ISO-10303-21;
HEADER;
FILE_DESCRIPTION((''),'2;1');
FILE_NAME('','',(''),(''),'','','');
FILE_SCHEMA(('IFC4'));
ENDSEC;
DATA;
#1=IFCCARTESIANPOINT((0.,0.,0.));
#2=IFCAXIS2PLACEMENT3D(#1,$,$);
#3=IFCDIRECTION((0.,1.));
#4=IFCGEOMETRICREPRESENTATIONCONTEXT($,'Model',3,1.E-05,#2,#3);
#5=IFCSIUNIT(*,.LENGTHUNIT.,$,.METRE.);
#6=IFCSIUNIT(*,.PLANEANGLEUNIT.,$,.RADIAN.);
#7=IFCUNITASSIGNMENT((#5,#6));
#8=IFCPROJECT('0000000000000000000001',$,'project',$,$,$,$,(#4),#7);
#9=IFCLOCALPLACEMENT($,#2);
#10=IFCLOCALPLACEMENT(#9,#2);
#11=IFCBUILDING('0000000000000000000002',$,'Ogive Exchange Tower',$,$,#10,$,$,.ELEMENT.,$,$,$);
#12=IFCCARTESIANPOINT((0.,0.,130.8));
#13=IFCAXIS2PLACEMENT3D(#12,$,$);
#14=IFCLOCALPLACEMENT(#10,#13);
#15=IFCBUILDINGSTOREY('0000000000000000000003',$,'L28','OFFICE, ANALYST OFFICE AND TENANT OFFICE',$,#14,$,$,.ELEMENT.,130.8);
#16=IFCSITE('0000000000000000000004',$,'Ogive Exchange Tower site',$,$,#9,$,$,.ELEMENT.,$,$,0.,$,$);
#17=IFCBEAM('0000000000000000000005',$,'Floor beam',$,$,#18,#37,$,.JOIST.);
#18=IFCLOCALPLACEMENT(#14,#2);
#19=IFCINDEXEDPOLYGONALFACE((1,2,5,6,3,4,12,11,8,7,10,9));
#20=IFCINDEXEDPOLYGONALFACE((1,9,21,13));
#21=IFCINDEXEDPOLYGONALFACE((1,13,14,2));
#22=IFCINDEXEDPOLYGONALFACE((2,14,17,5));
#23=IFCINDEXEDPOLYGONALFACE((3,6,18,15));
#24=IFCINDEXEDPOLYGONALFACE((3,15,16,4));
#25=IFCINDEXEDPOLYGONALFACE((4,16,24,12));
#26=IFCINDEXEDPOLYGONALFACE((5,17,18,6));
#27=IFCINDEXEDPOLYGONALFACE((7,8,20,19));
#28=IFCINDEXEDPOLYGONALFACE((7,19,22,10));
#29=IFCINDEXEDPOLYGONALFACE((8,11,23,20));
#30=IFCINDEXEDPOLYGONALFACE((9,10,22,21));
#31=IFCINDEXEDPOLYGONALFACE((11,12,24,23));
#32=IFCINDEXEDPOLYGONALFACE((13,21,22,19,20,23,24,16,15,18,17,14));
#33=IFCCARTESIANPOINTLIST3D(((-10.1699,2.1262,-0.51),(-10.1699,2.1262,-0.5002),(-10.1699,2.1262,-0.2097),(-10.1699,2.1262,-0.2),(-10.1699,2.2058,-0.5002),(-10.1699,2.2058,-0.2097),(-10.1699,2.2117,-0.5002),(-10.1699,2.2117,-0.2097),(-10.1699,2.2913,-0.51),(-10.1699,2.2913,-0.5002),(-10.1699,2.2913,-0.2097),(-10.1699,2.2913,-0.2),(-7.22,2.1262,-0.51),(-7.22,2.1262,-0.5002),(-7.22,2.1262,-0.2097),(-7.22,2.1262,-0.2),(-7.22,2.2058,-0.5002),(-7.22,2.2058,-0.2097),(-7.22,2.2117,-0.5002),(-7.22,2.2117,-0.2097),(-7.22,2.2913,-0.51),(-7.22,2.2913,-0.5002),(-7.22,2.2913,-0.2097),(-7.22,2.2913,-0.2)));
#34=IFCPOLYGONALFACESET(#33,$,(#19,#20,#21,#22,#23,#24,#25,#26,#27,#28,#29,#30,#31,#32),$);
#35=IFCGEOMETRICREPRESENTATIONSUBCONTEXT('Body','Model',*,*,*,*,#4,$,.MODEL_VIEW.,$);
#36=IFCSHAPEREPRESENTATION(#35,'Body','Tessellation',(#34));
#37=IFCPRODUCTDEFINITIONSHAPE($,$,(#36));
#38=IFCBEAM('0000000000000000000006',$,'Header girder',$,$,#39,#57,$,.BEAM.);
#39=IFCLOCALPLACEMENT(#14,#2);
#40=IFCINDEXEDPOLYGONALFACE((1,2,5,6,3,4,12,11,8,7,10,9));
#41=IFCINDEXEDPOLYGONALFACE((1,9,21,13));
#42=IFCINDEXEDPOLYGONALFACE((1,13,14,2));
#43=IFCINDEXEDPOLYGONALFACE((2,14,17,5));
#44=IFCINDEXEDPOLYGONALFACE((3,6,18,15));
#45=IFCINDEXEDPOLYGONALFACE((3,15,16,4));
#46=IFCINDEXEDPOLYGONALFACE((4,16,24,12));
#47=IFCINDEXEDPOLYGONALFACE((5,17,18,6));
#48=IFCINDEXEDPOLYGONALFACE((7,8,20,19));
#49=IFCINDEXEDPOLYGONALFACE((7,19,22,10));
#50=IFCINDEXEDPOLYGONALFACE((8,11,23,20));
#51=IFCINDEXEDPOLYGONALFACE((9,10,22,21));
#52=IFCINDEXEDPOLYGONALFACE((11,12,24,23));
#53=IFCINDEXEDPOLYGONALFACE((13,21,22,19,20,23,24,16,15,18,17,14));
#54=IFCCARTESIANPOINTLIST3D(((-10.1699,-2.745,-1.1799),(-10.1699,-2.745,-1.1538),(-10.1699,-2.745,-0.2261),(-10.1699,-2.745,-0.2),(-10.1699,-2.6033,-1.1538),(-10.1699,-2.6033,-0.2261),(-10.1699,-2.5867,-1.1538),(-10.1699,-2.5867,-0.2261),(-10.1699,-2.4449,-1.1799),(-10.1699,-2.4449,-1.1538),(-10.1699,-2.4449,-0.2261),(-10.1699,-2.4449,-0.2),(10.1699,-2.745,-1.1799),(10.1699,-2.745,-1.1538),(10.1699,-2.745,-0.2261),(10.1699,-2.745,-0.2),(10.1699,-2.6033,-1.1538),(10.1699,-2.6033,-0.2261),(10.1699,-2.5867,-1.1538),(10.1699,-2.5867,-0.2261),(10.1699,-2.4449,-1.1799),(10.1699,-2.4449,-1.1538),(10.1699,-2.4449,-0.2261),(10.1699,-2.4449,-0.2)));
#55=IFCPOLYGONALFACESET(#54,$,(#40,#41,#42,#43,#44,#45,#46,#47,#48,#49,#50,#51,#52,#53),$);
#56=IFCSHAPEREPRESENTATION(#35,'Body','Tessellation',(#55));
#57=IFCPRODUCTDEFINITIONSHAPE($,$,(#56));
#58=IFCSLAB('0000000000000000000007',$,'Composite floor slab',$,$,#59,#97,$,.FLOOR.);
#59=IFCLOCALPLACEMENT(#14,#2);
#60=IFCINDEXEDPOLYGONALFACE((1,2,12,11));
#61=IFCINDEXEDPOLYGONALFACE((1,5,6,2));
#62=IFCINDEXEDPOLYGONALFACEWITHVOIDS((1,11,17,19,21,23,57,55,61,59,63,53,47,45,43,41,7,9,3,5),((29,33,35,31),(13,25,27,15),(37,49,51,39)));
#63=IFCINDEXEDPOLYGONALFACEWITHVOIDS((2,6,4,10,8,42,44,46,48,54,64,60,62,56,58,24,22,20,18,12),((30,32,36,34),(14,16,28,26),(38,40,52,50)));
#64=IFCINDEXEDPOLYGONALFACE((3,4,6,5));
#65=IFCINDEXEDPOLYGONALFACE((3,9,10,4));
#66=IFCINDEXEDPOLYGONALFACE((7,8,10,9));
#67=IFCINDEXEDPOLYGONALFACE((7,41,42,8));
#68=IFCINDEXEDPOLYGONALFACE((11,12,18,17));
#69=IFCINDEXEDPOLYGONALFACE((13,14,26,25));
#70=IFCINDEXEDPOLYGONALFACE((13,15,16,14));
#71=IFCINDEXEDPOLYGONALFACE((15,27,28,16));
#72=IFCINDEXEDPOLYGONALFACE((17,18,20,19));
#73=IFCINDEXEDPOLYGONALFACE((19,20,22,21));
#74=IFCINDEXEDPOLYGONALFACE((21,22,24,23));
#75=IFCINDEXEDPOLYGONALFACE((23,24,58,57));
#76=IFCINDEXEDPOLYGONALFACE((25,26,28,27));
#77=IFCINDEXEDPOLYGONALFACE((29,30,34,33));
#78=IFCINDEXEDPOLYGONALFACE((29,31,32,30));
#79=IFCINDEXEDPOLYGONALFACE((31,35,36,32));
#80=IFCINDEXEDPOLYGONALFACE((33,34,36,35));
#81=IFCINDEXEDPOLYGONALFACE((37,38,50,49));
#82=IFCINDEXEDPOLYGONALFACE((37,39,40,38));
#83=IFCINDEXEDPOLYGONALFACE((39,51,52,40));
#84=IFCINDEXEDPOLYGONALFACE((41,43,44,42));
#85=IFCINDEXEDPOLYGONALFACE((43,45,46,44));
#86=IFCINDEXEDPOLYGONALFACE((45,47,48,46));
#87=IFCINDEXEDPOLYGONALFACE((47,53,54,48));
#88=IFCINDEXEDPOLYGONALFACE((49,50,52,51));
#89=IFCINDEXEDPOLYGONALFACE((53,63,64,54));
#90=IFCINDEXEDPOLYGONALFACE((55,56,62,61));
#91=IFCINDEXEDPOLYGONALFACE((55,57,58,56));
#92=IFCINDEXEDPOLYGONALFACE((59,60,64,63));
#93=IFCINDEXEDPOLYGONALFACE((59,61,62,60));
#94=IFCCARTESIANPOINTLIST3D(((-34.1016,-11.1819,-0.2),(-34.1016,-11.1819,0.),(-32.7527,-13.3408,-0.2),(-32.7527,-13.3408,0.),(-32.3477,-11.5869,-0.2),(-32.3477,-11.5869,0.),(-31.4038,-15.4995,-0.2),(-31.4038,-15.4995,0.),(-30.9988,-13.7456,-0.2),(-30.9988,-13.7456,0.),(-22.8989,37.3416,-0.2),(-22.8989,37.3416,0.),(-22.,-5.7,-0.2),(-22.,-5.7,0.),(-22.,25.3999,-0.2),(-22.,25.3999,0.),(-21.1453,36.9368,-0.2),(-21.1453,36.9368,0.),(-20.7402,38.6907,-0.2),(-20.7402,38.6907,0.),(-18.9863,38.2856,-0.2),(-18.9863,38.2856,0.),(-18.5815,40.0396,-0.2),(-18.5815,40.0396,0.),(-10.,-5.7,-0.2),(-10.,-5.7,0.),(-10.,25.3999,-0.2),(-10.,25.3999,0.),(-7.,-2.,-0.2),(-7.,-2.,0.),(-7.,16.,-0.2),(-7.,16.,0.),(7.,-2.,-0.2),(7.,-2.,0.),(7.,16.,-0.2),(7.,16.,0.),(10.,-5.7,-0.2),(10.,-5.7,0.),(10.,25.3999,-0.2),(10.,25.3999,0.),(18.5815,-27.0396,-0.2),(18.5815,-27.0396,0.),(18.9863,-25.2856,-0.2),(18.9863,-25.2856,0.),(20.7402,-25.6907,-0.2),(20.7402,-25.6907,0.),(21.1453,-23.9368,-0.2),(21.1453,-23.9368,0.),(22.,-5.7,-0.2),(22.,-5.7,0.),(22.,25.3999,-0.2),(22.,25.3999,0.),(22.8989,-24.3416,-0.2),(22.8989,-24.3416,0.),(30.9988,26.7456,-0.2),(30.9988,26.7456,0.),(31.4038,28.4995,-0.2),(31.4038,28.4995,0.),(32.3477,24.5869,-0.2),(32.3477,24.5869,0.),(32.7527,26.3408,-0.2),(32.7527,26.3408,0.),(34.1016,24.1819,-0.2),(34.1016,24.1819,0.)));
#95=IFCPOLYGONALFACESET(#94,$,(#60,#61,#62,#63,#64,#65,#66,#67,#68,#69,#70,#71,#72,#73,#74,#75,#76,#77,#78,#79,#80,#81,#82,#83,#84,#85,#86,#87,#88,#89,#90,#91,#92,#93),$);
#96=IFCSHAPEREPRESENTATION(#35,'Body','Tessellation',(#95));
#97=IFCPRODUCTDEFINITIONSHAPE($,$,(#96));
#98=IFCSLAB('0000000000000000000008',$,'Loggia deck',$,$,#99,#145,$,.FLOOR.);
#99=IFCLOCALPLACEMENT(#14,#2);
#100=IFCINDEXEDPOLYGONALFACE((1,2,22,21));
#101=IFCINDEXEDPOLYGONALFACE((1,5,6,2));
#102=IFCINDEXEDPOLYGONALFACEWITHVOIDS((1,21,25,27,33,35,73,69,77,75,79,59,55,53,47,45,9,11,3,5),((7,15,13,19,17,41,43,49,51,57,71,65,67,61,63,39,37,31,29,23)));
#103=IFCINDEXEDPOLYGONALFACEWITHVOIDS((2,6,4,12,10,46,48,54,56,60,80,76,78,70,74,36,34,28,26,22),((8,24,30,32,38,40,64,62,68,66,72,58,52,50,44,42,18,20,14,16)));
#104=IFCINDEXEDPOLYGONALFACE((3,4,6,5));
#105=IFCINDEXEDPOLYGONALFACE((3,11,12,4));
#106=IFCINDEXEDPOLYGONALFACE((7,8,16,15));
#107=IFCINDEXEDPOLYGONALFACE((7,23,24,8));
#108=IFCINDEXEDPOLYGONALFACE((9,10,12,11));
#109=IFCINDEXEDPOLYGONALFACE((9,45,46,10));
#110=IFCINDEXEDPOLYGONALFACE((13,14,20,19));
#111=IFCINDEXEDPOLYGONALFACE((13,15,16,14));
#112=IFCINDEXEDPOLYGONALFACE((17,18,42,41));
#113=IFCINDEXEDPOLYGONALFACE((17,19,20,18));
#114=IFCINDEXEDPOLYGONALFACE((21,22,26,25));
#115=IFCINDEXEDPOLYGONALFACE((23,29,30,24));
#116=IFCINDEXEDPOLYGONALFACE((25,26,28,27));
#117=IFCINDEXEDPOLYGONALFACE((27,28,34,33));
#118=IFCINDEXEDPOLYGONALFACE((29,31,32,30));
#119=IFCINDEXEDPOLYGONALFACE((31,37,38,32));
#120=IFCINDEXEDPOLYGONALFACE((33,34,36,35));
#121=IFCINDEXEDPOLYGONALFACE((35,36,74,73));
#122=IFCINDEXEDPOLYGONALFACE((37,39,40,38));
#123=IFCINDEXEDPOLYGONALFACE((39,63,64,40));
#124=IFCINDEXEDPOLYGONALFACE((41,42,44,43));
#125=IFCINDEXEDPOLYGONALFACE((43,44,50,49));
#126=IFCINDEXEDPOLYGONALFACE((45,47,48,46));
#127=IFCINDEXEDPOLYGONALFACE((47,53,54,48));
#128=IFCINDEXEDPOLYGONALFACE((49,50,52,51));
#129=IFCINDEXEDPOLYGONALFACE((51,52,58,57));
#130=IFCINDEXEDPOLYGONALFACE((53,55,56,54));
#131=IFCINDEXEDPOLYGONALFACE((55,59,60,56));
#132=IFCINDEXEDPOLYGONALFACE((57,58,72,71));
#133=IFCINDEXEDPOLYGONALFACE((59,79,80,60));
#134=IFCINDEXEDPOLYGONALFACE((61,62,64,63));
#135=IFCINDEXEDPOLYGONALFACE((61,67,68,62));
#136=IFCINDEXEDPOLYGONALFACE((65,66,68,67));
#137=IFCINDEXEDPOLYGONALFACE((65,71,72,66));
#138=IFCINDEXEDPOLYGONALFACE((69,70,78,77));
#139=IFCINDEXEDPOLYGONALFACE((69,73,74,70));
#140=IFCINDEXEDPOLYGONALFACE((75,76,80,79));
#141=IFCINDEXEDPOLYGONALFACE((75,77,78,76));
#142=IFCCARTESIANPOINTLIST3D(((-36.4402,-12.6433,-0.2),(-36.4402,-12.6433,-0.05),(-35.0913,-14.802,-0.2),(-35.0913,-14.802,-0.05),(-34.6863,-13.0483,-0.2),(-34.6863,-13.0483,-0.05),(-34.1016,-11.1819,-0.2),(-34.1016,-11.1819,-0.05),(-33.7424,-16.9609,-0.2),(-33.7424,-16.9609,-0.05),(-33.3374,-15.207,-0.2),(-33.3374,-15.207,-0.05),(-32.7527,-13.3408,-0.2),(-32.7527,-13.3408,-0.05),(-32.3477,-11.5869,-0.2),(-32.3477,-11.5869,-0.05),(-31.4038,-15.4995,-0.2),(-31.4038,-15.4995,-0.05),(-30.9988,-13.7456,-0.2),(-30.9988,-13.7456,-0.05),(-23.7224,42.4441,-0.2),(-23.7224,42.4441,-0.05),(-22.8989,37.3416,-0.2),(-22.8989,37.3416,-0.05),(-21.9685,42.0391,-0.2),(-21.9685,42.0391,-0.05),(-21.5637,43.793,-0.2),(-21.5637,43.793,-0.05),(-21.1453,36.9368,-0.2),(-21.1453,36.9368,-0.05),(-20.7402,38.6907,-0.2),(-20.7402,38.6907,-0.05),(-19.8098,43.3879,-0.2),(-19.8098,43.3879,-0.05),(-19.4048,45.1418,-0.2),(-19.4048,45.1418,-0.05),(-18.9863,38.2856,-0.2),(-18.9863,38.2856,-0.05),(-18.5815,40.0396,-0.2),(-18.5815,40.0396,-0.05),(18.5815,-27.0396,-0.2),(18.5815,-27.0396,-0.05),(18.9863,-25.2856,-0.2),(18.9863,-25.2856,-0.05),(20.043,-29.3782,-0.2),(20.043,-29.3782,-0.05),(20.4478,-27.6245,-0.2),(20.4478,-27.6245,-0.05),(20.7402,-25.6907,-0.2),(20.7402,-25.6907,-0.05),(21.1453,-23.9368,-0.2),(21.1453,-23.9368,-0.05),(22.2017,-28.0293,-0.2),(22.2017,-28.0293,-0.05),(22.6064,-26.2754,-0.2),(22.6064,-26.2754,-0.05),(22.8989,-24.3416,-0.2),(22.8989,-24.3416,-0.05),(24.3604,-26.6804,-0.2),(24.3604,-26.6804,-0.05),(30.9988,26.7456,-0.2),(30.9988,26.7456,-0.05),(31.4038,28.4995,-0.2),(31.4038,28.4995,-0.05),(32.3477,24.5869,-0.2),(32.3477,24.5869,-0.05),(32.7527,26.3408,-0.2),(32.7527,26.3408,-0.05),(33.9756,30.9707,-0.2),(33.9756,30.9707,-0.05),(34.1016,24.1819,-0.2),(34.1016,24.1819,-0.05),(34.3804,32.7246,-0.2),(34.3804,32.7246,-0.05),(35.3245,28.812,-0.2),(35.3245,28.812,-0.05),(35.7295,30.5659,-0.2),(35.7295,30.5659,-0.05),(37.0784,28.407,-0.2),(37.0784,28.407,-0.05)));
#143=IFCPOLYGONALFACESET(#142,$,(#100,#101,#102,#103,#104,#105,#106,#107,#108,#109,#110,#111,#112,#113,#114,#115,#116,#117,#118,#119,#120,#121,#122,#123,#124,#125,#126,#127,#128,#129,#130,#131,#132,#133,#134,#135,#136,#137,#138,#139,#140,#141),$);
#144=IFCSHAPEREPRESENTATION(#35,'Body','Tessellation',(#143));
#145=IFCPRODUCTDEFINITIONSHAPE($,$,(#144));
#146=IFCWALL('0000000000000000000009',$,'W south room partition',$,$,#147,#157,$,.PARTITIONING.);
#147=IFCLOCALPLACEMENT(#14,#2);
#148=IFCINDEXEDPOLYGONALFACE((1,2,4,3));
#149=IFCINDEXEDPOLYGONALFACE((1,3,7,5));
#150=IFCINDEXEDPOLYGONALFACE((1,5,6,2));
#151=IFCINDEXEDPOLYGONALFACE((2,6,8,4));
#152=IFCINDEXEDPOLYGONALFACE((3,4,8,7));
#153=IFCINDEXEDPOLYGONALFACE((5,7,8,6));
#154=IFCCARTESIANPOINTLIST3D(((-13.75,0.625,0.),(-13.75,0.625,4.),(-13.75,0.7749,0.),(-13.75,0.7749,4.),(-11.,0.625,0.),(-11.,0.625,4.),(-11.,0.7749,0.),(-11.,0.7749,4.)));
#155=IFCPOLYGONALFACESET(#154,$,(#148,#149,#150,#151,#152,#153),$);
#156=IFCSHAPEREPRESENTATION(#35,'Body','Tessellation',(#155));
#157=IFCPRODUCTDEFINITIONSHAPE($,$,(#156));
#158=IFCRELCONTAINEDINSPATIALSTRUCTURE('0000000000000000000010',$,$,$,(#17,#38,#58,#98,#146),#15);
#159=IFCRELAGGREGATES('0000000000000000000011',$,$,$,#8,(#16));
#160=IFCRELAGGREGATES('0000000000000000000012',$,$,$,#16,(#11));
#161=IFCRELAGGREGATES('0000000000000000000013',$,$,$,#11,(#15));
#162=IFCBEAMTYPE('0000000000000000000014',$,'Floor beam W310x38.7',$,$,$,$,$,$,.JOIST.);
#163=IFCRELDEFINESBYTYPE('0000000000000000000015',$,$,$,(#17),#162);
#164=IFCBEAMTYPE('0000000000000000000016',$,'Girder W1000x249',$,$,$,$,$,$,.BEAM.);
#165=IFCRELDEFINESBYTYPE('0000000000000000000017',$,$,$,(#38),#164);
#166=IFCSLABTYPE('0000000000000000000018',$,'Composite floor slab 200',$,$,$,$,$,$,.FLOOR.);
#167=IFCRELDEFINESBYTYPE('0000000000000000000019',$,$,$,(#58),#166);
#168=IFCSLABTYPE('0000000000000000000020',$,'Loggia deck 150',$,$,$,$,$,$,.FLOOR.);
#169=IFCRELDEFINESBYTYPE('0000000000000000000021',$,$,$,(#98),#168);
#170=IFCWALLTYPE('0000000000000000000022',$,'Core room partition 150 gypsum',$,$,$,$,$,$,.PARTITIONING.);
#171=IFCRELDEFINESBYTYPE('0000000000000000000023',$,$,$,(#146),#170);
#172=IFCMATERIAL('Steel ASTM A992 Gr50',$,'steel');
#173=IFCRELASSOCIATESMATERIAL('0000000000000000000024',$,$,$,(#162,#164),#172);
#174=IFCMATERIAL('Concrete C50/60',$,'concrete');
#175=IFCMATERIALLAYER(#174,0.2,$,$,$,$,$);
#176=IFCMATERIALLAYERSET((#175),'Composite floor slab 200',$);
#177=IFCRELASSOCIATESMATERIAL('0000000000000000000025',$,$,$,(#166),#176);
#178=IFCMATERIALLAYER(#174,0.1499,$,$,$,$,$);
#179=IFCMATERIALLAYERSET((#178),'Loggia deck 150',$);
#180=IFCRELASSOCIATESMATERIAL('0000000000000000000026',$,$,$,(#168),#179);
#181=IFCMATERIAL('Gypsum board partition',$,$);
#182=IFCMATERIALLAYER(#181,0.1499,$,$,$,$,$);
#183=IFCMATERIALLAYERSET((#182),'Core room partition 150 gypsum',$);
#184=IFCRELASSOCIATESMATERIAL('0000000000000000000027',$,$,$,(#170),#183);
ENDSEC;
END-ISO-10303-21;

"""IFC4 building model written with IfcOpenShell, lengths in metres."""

from ifc_helpers import new_model, si_unit, direction, frame, frame_2d, origin, origin_2d, place, context, subcontext, project, spatial, polyline, rectangle, i_section, outline, extrude, material, layer, layer_set, material_profile, profile_set, type_object, element, save


model = new_model("IFC4")

# Units and contexts
model_context = context("Model", 3, precision=1e-05, world=origin(), true_north=direction((0.0, 1.0)))
body_context = subcontext(model_context, "Body", "Model", "MODEL_VIEW")
ifc_project = project(units=[si_unit("LENGTHUNIT", "METRE"), si_unit("PLANEANGLEUNIT", "RADIAN")], contexts=[model_context])

# Site, building, storey
site_placement = place(None, origin())
site = spatial("IfcSite", under=ifc_project, at=site_placement, Name="Ogive Exchange Tower site", CompositionType="ELEMENT", RefElevation=0.0)
building_placement = place(site_placement, origin())
building = spatial("IfcBuilding", under=site, at=building_placement, Name="Ogive Exchange Tower", CompositionType="ELEMENT")
storey_placement = place(building_placement, frame((0.0, 0.0, 130.8)))
storey = spatial("IfcBuildingStorey", under=building, at=storey_placement, Name="L28", Description="OFFICE, ANALYST OFFICE AND TENANT OFFICE", CompositionType="ELEMENT", Elevation=130.8)

# Beams
ifc_material_1 = material(Name="Steel ASTM A992 Gr50", Category="steel")
ifc_material_profile_1 = material_profile(ifc_material_1, i_section(OverallWidth=0.165, OverallDepth=0.3101, WebThickness=0.0059, FlangeThickness=0.0098, at=origin_2d()), Name="W310x38.7")
ifc_profile_set_1 = profile_set([ifc_material_profile_1], Name="Steel ASTM A992 Gr50")
beam_type_1 = type_object("IfcBeamType", Name="Floor beam W310x38.7", PredefinedType="JOIST", material=ifc_profile_set_1)
beam_1_placement = place(storey_placement, frame((-10.1699, 2.2087, -0.355), z_axis=(1.0, 0.0, 0.0), x_axis=(0.0, 1.0, 0.0)))
element("IfcBeam", 1, at=beam_1_placement, inside=storey, type_object=beam_type_1, Name="Floor beam", PredefinedType="JOIST", context=body_context, shape_type="SweptSolid", body=[
    extrude(i_section(OverallWidth=0.165, OverallDepth=0.3101, WebThickness=0.0059, FlangeThickness=0.0098, at=origin_2d()), origin(), (0.0, 0.0, 1.0), 2.95),
])
ifc_material_profile_2 = material_profile(ifc_material_1, i_section(OverallWidth=0.3, OverallDepth=0.98, WebThickness=0.0166, FlangeThickness=0.0261, at=origin_2d()), Name="W1000x249")
ifc_profile_set_2 = profile_set([ifc_material_profile_2], Name="Steel ASTM A992 Gr50")
beam_type_2 = type_object("IfcBeamType", Name="Girder W1000x249", PredefinedType="BEAM", material=ifc_profile_set_2)
beam_2_placement = place(storey_placement, frame((-10.1699, -2.595, -0.6899), z_axis=(1.0, 0.0, 0.0), x_axis=(0.0, 1.0, 0.0)))
element("IfcBeam", 2, at=beam_2_placement, inside=storey, type_object=beam_type_2, Name="Header girder", PredefinedType="BEAM", context=body_context, shape_type="SweptSolid", body=[
    extrude(i_section(OverallWidth=0.3, OverallDepth=0.98, WebThickness=0.0166, FlangeThickness=0.0261, at=origin_2d()), origin(), (0.0, 0.0, 1.0), 20.3398),
])

# Slabs
ifc_material_2 = material(Name="Concrete C50/60", Category="concrete")
ifc_layer_1 = layer(ifc_material_2, 0.2)
ifc_layer_set_1 = layer_set([ifc_layer_1], Name="Composite floor slab 200")
slab_type_1 = type_object("IfcSlabType", Name="Composite floor slab 200", PredefinedType="FLOOR", material=ifc_layer_set_1)
slab_1_placement = place(storey_placement, frame((0.0, 0.0, -0.2)))
element("IfcSlab", 3, at=slab_1_placement, inside=storey, type_object=slab_type_1, Name="Composite floor slab", PredefinedType="FLOOR", context=body_context, shape_type="SweptSolid", body=[
    extrude(outline(polyline([(-30.9988, -13.7456), (-32.7527, -13.3408), (-32.3477, -11.5869), (-34.1016, -11.1819), (-22.8989, 37.3416), (-21.1453, 36.9368), (-20.7402, 38.6907), (-18.9863, 38.2856), (-18.5815, 40.0396), (31.4038, 28.4995), (30.9988, 26.7456), (32.7527, 26.3408), (32.3477, 24.5869), (34.1016, 24.1819), (22.8989, -24.3416), (21.1453, -23.9368), (20.7402, -25.6907), (18.9863, -25.2856), (18.5815, -27.0396), (-31.4038, -15.4995), (-30.9988, -13.7456)]), holes=[polyline([(7.0, -2.0), (7.0, 16.0), (-7.0, 16.0), (-7.0, -2.0), (7.0, -2.0)]), polyline([(-22.0, -5.7), (-10.0, -5.7), (-10.0, 25.3999), (-22.0, 25.3999), (-22.0, -5.7)]), polyline([(10.0, -5.7), (22.0, -5.7), (22.0, 25.3999), (10.0, 25.3999), (10.0, -5.7)])]), origin(), (0.0, 0.0, 1.0), 0.2),
])
ifc_layer_2 = layer(ifc_material_2, 0.1499)
ifc_layer_set_2 = layer_set([ifc_layer_2], Name="Loggia deck 150")
slab_type_2 = type_object("IfcSlabType", Name="Loggia deck 150", PredefinedType="FLOOR", material=ifc_layer_set_2)
slab_2_placement = place(storey_placement, frame((0.0, 0.0, -0.2)))
element("IfcSlab", 4, at=slab_2_placement, inside=storey, type_object=slab_type_2, Name="Loggia deck", PredefinedType="FLOOR", context=body_context, shape_type="SweptSolid", body=[
    extrude(outline(polyline([(-33.3374, -15.207), (-35.0913, -14.802), (-34.6863, -13.0483), (-36.4402, -12.6433), (-23.7224, 42.4441), (-21.9685, 42.0391), (-21.5637, 43.793), (-19.8098, 43.3879), (-19.4048, 45.1418), (34.3804, 32.7246), (33.9756, 30.9707), (35.7295, 30.5659), (35.3245, 28.812), (37.0784, 28.407), (24.3604, -26.6804), (22.6064, -26.2754), (22.2017, -28.0293), (20.4478, -27.6245), (20.043, -29.3782), (-33.7424, -16.9609), (-33.3374, -15.207)]), holes=[polyline([(18.9863, -25.2856), (20.7402, -25.6907), (21.1453, -23.9368), (22.8989, -24.3416), (34.1016, 24.1819), (32.3477, 24.5869), (32.7527, 26.3408), (30.9988, 26.7456), (31.4038, 28.4995), (-18.5815, 40.0396), (-18.9863, 38.2856), (-20.7402, 38.6907), (-21.1453, 36.9368), (-22.8989, 37.3416), (-34.1016, -11.1819), (-32.3477, -11.5869), (-32.7527, -13.3408), (-30.9988, -13.7456), (-31.4038, -15.4995), (18.5815, -27.0396), (18.9863, -25.2856)])]), origin(), (0.0, 0.0, 1.0), 0.1499),
])

# Wall
ifc_material_3 = material(Name="Gypsum board partition")
ifc_layer_3 = layer(ifc_material_3, 0.1499)
ifc_layer_set_3 = layer_set([ifc_layer_3], Name="Core room partition 150 gypsum")
wall_type_1 = type_object("IfcWallType", Name="Core room partition 150 gypsum", PredefinedType="PARTITIONING", material=ifc_layer_set_3)
wall_1_placement = place(storey_placement, frame((-13.75, 0.7, 0.0), z_axis=(0.0, 0.0, 1.0), x_axis=(1.0, 0.0, 0.0)))
element("IfcWall", 5, at=wall_1_placement, inside=storey, type_object=wall_type_1, Name="W south room partition", PredefinedType="PARTITIONING", context=body_context, shape_type="SweptSolid", body=[
    extrude(rectangle(XDim=2.75, YDim=0.1499, at=frame_2d((1.375, 0.0))), origin(), (0.0, 0.0, 1.0), 4.0),
])

save(model, "model.ifc")
